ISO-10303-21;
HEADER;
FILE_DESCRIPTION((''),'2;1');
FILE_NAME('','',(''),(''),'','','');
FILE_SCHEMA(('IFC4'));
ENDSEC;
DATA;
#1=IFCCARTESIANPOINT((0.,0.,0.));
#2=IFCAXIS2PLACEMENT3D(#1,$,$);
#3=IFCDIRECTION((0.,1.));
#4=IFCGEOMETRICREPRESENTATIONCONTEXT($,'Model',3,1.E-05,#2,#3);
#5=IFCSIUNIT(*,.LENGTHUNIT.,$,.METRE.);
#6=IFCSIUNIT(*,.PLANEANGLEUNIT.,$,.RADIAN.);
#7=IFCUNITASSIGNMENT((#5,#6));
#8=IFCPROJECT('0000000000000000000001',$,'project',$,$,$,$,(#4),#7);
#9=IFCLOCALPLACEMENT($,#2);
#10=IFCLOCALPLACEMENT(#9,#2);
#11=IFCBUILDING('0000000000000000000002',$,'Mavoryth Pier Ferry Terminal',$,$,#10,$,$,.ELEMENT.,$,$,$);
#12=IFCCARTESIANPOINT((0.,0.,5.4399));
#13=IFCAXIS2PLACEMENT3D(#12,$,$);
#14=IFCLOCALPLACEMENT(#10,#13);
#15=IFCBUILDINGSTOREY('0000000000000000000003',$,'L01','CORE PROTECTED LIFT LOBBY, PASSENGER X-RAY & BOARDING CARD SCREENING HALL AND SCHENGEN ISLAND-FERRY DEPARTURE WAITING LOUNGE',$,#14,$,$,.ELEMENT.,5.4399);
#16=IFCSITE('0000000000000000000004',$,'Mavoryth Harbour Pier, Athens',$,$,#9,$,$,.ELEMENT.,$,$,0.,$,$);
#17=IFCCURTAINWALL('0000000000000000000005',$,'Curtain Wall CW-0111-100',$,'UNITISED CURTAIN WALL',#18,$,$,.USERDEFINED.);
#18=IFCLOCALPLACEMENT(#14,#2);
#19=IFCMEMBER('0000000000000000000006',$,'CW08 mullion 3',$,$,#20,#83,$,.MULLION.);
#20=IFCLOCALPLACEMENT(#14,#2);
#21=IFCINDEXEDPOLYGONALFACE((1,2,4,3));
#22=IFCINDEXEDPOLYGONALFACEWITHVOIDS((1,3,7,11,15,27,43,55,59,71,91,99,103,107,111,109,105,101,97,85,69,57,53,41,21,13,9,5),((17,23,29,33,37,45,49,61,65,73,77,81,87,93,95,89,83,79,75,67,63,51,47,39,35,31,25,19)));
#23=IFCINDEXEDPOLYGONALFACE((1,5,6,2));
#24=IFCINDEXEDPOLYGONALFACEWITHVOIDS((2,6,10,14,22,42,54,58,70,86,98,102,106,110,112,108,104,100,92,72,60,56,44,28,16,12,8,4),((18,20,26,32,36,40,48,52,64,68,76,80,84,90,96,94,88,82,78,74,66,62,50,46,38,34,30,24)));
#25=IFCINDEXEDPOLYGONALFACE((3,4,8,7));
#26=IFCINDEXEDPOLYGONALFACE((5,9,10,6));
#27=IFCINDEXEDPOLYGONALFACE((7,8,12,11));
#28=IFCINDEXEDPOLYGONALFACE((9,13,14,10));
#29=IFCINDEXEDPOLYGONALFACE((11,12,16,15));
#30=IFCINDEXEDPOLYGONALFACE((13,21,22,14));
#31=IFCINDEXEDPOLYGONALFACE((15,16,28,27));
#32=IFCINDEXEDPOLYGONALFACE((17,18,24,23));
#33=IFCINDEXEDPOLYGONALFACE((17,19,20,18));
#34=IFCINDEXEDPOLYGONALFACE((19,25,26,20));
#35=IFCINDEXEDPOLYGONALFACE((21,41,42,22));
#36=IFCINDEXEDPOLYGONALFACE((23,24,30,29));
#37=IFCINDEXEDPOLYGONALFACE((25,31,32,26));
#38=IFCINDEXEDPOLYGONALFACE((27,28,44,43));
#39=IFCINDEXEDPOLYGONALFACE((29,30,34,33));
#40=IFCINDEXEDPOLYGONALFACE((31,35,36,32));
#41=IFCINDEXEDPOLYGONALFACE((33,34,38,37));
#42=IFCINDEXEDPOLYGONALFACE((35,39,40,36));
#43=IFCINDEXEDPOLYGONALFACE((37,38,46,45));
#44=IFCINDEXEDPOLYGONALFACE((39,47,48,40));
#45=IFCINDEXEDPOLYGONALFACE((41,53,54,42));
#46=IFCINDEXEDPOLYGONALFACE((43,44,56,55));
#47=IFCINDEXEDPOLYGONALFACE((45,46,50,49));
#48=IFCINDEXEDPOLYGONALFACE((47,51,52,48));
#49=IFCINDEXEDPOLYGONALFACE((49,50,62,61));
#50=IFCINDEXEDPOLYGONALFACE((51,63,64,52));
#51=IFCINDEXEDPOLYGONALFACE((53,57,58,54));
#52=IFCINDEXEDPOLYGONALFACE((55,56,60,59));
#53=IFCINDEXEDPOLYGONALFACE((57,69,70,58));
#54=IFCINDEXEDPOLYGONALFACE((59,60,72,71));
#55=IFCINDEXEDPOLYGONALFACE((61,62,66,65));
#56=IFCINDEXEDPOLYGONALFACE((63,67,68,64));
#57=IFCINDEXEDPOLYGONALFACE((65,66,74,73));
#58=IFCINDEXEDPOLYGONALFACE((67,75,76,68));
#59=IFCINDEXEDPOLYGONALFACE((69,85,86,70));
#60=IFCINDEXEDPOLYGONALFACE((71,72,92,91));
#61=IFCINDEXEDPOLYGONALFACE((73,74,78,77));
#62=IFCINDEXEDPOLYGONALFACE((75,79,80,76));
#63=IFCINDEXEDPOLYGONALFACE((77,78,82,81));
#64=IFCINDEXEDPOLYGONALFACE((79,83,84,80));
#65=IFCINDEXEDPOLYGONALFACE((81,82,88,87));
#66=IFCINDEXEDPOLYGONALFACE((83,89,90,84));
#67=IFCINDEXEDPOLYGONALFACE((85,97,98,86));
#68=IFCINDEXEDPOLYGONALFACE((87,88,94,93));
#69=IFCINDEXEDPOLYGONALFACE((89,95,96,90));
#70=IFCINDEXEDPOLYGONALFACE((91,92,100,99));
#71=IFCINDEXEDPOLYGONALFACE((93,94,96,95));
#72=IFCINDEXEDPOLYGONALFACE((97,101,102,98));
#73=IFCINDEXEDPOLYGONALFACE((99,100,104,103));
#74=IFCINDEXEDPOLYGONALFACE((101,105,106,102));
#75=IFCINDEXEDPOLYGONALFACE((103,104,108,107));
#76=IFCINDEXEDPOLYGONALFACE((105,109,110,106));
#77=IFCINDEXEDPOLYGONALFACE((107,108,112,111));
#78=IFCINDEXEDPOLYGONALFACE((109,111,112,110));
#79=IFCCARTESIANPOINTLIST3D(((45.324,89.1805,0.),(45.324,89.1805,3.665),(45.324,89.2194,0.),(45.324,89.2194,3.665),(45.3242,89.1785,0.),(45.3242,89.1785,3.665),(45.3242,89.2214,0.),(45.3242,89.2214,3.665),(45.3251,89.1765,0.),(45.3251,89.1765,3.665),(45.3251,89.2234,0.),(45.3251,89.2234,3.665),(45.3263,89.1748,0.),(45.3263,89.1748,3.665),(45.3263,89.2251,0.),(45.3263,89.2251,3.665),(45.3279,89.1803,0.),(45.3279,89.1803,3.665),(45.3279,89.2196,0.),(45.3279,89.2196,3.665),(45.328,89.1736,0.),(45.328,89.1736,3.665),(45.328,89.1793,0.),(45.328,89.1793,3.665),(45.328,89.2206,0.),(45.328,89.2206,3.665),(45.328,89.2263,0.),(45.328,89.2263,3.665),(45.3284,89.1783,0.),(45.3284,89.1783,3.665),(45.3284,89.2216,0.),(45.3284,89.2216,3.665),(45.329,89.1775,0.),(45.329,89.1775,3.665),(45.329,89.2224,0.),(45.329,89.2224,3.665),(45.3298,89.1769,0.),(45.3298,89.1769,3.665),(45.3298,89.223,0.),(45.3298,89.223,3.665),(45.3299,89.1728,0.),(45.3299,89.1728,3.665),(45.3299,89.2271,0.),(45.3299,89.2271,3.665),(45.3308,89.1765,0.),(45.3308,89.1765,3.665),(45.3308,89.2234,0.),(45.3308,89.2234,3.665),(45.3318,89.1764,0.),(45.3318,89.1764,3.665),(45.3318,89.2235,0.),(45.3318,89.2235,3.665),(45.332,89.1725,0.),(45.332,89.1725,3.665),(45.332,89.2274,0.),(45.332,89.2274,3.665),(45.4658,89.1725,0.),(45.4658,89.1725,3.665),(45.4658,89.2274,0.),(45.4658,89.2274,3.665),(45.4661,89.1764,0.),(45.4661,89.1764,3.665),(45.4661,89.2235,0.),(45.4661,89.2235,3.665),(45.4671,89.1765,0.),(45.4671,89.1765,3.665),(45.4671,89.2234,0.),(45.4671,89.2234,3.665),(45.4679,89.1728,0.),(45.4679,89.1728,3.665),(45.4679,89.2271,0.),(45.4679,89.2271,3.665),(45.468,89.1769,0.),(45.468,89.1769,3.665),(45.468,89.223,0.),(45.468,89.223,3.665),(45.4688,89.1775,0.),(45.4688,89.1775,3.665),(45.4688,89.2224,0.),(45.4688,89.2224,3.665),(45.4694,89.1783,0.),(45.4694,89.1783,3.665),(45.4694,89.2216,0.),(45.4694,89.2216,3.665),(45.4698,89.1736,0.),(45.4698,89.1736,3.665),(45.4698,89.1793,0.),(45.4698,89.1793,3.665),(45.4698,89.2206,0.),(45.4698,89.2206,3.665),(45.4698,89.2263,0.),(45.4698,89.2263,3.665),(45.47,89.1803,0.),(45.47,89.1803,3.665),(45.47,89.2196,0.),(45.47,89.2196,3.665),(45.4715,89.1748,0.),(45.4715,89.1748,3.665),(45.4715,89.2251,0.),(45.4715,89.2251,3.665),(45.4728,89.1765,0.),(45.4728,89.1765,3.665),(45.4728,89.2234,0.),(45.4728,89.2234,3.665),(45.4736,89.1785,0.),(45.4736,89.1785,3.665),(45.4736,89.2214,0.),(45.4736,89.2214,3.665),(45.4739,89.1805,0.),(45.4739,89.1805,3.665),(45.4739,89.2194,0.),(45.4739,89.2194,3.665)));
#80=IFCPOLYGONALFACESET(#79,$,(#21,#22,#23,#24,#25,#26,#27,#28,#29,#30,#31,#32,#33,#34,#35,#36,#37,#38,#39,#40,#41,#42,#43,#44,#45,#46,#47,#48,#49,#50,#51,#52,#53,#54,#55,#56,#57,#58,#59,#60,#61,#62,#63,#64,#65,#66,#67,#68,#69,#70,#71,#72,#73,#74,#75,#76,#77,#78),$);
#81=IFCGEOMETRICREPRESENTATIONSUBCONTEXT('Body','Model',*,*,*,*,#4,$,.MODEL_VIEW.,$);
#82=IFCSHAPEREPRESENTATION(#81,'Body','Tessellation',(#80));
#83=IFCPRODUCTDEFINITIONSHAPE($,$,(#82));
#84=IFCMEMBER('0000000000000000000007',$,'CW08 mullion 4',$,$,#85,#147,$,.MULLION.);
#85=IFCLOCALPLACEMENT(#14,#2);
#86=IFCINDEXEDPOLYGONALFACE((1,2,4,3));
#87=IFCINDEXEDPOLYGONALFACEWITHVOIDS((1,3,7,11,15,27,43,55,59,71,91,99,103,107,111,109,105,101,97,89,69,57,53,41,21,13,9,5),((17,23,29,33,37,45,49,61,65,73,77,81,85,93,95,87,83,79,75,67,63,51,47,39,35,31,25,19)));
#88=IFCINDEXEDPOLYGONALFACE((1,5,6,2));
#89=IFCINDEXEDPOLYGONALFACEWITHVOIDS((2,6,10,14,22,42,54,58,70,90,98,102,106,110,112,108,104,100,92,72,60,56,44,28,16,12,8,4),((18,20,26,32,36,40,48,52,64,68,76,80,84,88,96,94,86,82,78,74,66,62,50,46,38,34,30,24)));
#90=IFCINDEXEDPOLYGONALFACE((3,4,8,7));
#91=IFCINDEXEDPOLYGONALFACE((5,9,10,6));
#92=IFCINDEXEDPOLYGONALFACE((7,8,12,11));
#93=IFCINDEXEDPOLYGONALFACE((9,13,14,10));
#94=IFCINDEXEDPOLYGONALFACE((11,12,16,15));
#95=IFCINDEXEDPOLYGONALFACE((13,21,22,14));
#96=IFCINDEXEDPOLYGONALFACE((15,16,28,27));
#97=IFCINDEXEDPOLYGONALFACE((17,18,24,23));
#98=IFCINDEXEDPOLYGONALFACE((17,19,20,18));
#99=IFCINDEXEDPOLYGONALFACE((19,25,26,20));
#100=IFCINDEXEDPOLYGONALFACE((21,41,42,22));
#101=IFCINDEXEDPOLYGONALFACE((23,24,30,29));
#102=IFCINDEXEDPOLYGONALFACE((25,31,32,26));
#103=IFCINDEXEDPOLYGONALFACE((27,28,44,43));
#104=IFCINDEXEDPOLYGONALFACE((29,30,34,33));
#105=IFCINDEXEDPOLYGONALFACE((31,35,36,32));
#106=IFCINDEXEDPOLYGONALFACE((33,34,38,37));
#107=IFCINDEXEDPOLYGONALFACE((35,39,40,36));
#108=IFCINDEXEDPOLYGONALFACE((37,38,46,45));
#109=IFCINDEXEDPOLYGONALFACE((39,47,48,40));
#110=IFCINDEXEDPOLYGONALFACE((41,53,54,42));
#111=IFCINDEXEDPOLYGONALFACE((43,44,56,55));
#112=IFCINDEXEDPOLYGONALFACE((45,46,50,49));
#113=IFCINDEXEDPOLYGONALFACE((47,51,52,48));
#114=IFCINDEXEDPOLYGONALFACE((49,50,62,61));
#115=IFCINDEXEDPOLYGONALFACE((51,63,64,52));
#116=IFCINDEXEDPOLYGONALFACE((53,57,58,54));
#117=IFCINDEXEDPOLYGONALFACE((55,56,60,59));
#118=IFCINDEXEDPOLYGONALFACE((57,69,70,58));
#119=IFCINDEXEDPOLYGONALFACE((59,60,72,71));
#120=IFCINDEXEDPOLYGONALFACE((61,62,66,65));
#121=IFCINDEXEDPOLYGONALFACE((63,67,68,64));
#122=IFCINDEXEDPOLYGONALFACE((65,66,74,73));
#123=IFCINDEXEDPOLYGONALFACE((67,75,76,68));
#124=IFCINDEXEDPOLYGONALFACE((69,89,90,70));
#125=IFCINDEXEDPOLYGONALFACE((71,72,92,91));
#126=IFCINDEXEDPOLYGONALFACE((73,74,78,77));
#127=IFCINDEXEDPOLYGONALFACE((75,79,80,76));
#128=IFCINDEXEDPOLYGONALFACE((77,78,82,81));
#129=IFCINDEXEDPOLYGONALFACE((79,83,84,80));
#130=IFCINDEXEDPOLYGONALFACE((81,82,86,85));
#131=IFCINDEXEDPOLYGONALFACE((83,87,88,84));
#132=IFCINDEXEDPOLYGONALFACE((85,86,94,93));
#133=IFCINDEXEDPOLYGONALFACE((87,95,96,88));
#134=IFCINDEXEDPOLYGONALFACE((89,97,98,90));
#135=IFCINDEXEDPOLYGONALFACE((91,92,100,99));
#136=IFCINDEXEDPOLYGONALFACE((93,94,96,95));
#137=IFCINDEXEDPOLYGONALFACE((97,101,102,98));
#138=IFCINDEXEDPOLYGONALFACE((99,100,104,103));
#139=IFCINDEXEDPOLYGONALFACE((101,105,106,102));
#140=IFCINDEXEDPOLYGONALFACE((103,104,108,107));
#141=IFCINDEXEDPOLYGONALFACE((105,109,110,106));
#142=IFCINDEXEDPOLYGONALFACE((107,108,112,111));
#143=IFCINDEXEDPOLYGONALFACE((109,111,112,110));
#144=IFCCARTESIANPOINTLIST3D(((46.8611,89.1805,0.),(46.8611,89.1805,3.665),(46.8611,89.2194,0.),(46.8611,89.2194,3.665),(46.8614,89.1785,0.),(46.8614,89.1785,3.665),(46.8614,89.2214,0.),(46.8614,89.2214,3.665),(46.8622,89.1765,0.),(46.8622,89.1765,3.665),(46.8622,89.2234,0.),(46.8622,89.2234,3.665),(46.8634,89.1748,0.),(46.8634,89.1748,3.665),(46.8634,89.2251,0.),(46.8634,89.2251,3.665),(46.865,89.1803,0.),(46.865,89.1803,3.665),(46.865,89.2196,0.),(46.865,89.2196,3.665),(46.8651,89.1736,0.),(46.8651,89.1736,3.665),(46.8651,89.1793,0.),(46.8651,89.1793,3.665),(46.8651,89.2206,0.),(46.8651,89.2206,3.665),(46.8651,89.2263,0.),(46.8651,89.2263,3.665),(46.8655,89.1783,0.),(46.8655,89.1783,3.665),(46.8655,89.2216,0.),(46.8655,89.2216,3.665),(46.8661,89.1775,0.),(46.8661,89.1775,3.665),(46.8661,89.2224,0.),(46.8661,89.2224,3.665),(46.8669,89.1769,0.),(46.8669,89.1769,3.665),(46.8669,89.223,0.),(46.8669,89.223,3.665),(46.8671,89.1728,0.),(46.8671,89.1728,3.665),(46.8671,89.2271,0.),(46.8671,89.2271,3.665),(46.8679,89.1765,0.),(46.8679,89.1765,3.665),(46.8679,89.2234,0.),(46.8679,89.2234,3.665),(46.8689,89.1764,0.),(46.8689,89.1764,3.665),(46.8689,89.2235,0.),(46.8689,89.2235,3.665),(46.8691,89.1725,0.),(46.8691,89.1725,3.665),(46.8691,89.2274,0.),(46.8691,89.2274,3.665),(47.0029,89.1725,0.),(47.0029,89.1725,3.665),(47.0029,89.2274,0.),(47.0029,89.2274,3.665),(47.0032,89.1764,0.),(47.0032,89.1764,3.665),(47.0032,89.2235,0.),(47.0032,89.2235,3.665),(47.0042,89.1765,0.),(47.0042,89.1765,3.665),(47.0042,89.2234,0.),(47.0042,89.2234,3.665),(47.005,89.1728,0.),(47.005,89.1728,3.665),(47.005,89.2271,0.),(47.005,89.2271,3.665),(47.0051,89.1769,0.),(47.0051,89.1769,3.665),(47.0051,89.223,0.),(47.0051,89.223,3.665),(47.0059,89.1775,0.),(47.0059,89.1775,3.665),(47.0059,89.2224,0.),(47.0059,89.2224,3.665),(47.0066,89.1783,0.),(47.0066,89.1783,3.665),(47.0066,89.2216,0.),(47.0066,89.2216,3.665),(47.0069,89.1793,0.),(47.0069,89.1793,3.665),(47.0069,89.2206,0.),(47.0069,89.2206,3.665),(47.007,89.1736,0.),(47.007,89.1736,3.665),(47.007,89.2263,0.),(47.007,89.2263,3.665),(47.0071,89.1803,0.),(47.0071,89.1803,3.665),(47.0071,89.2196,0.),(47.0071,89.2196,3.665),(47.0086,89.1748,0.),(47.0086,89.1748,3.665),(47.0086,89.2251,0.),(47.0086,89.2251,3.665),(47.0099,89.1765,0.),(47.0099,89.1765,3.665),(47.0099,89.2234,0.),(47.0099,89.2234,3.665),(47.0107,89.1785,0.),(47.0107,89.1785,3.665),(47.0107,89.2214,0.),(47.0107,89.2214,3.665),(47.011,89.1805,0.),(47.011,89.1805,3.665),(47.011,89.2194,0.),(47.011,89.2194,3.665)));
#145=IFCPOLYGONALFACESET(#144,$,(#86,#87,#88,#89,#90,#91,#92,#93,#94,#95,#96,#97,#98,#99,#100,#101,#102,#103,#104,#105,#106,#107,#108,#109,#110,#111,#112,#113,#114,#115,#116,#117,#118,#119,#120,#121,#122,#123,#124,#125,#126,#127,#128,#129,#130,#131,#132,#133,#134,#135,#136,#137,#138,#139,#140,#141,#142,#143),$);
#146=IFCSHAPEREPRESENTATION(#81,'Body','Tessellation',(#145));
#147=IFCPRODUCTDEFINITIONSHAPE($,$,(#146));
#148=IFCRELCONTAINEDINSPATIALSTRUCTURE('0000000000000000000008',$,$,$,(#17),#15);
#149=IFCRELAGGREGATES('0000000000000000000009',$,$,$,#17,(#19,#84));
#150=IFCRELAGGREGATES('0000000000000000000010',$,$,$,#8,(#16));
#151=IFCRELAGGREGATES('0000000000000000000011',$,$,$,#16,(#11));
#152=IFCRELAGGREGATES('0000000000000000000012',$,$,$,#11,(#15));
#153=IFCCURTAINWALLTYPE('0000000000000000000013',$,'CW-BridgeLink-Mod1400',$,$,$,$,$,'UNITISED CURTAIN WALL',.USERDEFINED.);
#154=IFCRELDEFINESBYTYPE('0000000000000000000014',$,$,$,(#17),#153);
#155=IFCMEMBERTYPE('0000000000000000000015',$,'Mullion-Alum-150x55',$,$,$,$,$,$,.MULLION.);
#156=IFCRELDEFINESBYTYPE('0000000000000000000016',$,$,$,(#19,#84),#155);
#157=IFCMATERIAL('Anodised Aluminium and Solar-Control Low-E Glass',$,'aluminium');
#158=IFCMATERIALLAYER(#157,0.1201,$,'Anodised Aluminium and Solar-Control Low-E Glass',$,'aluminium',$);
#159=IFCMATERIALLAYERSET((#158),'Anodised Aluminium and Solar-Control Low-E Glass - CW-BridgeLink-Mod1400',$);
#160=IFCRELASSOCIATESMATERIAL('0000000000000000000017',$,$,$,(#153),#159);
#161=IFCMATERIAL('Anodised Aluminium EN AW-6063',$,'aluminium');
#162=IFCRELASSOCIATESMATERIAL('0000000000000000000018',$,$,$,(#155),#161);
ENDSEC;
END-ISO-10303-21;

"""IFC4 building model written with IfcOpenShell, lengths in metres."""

from ifc_helpers import new_model, si_unit, direction, frame, origin, origin_2d, place, context, subcontext, project, spatial, hollow_rectangle, extrude, material, layer, layer_set, material_profile, profile_set, type_object, element, aggregate, save


model = new_model("IFC4")

# Units and contexts
model_context = context("Model", 3, precision=1e-05, world=origin(), true_north=direction((0.0, 1.0)))
body_context = subcontext(model_context, "Body", "Model", "MODEL_VIEW")
ifc_project = project(units=[si_unit("LENGTHUNIT", "METRE"), si_unit("PLANEANGLEUNIT", "RADIAN")], contexts=[model_context])

# Site, building, storey
site_placement = place(None, origin())
site = spatial("IfcSite", under=ifc_project, at=site_placement, Name="Mavoryth Harbour Pier, Athens", CompositionType="ELEMENT", RefElevation=0.0)
building_placement = place(site_placement, origin())
building = spatial("IfcBuilding", under=site, at=building_placement, Name="Mavoryth Pier Ferry Terminal", CompositionType="ELEMENT")
storey_placement = place(building_placement, frame((0.0, 0.0, 5.4399)))
storey = spatial("IfcBuildingStorey", under=building, at=storey_placement, Name="L01", Description="CORE PROTECTED LIFT LOBBY, PASSENGER X-RAY & BOARDING CARD SCREENING HALL AND SCHENGEN ISLAND-FERRY DEPARTURE WAITING LOUNGE", CompositionType="ELEMENT", Elevation=5.4399)

# Curtain wall, members
ifc_material_1 = material(Name="Anodised Aluminium and Solar-Control Low-E Glass", Category="aluminium")
ifc_layer_1 = layer(ifc_material_1, 0.1201, Name="Anodised Aluminium and Solar-Control Low-E Glass", Category="aluminium")
ifc_layer_set_1 = layer_set([ifc_layer_1], Name="Anodised Aluminium and Solar-Control Low-E Glass - CW-BridgeLink-Mod1400")
curtain_wall_type = type_object("IfcCurtainWallType", Name="CW-BridgeLink-Mod1400", ElementType="UNITISED CURTAIN WALL", PredefinedType="USERDEFINED", material=ifc_layer_set_1)
curtain_wall_placement = place(storey_placement, origin())
curtain_wall = element("IfcCurtainWall", 1, at=curtain_wall_placement, inside=storey, type_object=curtain_wall_type, Name="Curtain Wall CW-0111-100", ObjectType="UNITISED CURTAIN WALL", PredefinedType="USERDEFINED")
ifc_material_2 = material(Name="Anodised Aluminium EN AW-6063", Category="aluminium")
ifc_material_profile_1 = material_profile(ifc_material_2, hollow_rectangle(XDim=0.0549, YDim=0.1499, WallThickness=0.0039, InnerFilletRadius=0.0039, OuterFilletRadius=0.0081, at=origin_2d()), Name="AL-MULL 150x55x4", Category="aluminium")
ifc_profile_set_1 = profile_set([ifc_material_profile_1], Name="Anodised Aluminium EN AW-6063 - AL-MULL 150x55x4")
member_type_1 = type_object("IfcMemberType", Name="Mullion-Alum-150x55", PredefinedType="MULLION", material=ifc_profile_set_1)
member_1_placement = place(storey_placement, frame((45.3989, 89.2, 0.0), z_axis=(0.0, 0.0, 1.0), x_axis=(0.0, 1.0, 0.0)))
member_1 = element("IfcMember", 2, at=member_1_placement, type_object=member_type_1, Name="CW08 mullion 3", PredefinedType="MULLION", context=body_context, shape_type="SweptSolid", body=[
    extrude(hollow_rectangle(XDim=0.0549, YDim=0.1499, WallThickness=0.0039, InnerFilletRadius=0.0039, OuterFilletRadius=0.0081, at=origin_2d()), origin(), (0.0, 0.0, 1.0), 3.665),
])
member_2_placement = place(storey_placement, frame((46.936, 89.2, 0.0), z_axis=(0.0, 0.0, 1.0), x_axis=(0.0, 1.0, 0.0)))
member_2 = element("IfcMember", 3, at=member_2_placement, type_object=member_type_1, Name="CW08 mullion 4", PredefinedType="MULLION", context=body_context, shape_type="SweptSolid", body=[
    extrude(hollow_rectangle(XDim=0.0549, YDim=0.1499, WallThickness=0.0039, InnerFilletRadius=0.0039, OuterFilletRadius=0.0081, at=origin_2d()), origin(), (0.0, 0.0, 1.0), 3.665),
])

aggregate(curtain_wall, [member_1, member_2])

save(model, "model.ifc")
